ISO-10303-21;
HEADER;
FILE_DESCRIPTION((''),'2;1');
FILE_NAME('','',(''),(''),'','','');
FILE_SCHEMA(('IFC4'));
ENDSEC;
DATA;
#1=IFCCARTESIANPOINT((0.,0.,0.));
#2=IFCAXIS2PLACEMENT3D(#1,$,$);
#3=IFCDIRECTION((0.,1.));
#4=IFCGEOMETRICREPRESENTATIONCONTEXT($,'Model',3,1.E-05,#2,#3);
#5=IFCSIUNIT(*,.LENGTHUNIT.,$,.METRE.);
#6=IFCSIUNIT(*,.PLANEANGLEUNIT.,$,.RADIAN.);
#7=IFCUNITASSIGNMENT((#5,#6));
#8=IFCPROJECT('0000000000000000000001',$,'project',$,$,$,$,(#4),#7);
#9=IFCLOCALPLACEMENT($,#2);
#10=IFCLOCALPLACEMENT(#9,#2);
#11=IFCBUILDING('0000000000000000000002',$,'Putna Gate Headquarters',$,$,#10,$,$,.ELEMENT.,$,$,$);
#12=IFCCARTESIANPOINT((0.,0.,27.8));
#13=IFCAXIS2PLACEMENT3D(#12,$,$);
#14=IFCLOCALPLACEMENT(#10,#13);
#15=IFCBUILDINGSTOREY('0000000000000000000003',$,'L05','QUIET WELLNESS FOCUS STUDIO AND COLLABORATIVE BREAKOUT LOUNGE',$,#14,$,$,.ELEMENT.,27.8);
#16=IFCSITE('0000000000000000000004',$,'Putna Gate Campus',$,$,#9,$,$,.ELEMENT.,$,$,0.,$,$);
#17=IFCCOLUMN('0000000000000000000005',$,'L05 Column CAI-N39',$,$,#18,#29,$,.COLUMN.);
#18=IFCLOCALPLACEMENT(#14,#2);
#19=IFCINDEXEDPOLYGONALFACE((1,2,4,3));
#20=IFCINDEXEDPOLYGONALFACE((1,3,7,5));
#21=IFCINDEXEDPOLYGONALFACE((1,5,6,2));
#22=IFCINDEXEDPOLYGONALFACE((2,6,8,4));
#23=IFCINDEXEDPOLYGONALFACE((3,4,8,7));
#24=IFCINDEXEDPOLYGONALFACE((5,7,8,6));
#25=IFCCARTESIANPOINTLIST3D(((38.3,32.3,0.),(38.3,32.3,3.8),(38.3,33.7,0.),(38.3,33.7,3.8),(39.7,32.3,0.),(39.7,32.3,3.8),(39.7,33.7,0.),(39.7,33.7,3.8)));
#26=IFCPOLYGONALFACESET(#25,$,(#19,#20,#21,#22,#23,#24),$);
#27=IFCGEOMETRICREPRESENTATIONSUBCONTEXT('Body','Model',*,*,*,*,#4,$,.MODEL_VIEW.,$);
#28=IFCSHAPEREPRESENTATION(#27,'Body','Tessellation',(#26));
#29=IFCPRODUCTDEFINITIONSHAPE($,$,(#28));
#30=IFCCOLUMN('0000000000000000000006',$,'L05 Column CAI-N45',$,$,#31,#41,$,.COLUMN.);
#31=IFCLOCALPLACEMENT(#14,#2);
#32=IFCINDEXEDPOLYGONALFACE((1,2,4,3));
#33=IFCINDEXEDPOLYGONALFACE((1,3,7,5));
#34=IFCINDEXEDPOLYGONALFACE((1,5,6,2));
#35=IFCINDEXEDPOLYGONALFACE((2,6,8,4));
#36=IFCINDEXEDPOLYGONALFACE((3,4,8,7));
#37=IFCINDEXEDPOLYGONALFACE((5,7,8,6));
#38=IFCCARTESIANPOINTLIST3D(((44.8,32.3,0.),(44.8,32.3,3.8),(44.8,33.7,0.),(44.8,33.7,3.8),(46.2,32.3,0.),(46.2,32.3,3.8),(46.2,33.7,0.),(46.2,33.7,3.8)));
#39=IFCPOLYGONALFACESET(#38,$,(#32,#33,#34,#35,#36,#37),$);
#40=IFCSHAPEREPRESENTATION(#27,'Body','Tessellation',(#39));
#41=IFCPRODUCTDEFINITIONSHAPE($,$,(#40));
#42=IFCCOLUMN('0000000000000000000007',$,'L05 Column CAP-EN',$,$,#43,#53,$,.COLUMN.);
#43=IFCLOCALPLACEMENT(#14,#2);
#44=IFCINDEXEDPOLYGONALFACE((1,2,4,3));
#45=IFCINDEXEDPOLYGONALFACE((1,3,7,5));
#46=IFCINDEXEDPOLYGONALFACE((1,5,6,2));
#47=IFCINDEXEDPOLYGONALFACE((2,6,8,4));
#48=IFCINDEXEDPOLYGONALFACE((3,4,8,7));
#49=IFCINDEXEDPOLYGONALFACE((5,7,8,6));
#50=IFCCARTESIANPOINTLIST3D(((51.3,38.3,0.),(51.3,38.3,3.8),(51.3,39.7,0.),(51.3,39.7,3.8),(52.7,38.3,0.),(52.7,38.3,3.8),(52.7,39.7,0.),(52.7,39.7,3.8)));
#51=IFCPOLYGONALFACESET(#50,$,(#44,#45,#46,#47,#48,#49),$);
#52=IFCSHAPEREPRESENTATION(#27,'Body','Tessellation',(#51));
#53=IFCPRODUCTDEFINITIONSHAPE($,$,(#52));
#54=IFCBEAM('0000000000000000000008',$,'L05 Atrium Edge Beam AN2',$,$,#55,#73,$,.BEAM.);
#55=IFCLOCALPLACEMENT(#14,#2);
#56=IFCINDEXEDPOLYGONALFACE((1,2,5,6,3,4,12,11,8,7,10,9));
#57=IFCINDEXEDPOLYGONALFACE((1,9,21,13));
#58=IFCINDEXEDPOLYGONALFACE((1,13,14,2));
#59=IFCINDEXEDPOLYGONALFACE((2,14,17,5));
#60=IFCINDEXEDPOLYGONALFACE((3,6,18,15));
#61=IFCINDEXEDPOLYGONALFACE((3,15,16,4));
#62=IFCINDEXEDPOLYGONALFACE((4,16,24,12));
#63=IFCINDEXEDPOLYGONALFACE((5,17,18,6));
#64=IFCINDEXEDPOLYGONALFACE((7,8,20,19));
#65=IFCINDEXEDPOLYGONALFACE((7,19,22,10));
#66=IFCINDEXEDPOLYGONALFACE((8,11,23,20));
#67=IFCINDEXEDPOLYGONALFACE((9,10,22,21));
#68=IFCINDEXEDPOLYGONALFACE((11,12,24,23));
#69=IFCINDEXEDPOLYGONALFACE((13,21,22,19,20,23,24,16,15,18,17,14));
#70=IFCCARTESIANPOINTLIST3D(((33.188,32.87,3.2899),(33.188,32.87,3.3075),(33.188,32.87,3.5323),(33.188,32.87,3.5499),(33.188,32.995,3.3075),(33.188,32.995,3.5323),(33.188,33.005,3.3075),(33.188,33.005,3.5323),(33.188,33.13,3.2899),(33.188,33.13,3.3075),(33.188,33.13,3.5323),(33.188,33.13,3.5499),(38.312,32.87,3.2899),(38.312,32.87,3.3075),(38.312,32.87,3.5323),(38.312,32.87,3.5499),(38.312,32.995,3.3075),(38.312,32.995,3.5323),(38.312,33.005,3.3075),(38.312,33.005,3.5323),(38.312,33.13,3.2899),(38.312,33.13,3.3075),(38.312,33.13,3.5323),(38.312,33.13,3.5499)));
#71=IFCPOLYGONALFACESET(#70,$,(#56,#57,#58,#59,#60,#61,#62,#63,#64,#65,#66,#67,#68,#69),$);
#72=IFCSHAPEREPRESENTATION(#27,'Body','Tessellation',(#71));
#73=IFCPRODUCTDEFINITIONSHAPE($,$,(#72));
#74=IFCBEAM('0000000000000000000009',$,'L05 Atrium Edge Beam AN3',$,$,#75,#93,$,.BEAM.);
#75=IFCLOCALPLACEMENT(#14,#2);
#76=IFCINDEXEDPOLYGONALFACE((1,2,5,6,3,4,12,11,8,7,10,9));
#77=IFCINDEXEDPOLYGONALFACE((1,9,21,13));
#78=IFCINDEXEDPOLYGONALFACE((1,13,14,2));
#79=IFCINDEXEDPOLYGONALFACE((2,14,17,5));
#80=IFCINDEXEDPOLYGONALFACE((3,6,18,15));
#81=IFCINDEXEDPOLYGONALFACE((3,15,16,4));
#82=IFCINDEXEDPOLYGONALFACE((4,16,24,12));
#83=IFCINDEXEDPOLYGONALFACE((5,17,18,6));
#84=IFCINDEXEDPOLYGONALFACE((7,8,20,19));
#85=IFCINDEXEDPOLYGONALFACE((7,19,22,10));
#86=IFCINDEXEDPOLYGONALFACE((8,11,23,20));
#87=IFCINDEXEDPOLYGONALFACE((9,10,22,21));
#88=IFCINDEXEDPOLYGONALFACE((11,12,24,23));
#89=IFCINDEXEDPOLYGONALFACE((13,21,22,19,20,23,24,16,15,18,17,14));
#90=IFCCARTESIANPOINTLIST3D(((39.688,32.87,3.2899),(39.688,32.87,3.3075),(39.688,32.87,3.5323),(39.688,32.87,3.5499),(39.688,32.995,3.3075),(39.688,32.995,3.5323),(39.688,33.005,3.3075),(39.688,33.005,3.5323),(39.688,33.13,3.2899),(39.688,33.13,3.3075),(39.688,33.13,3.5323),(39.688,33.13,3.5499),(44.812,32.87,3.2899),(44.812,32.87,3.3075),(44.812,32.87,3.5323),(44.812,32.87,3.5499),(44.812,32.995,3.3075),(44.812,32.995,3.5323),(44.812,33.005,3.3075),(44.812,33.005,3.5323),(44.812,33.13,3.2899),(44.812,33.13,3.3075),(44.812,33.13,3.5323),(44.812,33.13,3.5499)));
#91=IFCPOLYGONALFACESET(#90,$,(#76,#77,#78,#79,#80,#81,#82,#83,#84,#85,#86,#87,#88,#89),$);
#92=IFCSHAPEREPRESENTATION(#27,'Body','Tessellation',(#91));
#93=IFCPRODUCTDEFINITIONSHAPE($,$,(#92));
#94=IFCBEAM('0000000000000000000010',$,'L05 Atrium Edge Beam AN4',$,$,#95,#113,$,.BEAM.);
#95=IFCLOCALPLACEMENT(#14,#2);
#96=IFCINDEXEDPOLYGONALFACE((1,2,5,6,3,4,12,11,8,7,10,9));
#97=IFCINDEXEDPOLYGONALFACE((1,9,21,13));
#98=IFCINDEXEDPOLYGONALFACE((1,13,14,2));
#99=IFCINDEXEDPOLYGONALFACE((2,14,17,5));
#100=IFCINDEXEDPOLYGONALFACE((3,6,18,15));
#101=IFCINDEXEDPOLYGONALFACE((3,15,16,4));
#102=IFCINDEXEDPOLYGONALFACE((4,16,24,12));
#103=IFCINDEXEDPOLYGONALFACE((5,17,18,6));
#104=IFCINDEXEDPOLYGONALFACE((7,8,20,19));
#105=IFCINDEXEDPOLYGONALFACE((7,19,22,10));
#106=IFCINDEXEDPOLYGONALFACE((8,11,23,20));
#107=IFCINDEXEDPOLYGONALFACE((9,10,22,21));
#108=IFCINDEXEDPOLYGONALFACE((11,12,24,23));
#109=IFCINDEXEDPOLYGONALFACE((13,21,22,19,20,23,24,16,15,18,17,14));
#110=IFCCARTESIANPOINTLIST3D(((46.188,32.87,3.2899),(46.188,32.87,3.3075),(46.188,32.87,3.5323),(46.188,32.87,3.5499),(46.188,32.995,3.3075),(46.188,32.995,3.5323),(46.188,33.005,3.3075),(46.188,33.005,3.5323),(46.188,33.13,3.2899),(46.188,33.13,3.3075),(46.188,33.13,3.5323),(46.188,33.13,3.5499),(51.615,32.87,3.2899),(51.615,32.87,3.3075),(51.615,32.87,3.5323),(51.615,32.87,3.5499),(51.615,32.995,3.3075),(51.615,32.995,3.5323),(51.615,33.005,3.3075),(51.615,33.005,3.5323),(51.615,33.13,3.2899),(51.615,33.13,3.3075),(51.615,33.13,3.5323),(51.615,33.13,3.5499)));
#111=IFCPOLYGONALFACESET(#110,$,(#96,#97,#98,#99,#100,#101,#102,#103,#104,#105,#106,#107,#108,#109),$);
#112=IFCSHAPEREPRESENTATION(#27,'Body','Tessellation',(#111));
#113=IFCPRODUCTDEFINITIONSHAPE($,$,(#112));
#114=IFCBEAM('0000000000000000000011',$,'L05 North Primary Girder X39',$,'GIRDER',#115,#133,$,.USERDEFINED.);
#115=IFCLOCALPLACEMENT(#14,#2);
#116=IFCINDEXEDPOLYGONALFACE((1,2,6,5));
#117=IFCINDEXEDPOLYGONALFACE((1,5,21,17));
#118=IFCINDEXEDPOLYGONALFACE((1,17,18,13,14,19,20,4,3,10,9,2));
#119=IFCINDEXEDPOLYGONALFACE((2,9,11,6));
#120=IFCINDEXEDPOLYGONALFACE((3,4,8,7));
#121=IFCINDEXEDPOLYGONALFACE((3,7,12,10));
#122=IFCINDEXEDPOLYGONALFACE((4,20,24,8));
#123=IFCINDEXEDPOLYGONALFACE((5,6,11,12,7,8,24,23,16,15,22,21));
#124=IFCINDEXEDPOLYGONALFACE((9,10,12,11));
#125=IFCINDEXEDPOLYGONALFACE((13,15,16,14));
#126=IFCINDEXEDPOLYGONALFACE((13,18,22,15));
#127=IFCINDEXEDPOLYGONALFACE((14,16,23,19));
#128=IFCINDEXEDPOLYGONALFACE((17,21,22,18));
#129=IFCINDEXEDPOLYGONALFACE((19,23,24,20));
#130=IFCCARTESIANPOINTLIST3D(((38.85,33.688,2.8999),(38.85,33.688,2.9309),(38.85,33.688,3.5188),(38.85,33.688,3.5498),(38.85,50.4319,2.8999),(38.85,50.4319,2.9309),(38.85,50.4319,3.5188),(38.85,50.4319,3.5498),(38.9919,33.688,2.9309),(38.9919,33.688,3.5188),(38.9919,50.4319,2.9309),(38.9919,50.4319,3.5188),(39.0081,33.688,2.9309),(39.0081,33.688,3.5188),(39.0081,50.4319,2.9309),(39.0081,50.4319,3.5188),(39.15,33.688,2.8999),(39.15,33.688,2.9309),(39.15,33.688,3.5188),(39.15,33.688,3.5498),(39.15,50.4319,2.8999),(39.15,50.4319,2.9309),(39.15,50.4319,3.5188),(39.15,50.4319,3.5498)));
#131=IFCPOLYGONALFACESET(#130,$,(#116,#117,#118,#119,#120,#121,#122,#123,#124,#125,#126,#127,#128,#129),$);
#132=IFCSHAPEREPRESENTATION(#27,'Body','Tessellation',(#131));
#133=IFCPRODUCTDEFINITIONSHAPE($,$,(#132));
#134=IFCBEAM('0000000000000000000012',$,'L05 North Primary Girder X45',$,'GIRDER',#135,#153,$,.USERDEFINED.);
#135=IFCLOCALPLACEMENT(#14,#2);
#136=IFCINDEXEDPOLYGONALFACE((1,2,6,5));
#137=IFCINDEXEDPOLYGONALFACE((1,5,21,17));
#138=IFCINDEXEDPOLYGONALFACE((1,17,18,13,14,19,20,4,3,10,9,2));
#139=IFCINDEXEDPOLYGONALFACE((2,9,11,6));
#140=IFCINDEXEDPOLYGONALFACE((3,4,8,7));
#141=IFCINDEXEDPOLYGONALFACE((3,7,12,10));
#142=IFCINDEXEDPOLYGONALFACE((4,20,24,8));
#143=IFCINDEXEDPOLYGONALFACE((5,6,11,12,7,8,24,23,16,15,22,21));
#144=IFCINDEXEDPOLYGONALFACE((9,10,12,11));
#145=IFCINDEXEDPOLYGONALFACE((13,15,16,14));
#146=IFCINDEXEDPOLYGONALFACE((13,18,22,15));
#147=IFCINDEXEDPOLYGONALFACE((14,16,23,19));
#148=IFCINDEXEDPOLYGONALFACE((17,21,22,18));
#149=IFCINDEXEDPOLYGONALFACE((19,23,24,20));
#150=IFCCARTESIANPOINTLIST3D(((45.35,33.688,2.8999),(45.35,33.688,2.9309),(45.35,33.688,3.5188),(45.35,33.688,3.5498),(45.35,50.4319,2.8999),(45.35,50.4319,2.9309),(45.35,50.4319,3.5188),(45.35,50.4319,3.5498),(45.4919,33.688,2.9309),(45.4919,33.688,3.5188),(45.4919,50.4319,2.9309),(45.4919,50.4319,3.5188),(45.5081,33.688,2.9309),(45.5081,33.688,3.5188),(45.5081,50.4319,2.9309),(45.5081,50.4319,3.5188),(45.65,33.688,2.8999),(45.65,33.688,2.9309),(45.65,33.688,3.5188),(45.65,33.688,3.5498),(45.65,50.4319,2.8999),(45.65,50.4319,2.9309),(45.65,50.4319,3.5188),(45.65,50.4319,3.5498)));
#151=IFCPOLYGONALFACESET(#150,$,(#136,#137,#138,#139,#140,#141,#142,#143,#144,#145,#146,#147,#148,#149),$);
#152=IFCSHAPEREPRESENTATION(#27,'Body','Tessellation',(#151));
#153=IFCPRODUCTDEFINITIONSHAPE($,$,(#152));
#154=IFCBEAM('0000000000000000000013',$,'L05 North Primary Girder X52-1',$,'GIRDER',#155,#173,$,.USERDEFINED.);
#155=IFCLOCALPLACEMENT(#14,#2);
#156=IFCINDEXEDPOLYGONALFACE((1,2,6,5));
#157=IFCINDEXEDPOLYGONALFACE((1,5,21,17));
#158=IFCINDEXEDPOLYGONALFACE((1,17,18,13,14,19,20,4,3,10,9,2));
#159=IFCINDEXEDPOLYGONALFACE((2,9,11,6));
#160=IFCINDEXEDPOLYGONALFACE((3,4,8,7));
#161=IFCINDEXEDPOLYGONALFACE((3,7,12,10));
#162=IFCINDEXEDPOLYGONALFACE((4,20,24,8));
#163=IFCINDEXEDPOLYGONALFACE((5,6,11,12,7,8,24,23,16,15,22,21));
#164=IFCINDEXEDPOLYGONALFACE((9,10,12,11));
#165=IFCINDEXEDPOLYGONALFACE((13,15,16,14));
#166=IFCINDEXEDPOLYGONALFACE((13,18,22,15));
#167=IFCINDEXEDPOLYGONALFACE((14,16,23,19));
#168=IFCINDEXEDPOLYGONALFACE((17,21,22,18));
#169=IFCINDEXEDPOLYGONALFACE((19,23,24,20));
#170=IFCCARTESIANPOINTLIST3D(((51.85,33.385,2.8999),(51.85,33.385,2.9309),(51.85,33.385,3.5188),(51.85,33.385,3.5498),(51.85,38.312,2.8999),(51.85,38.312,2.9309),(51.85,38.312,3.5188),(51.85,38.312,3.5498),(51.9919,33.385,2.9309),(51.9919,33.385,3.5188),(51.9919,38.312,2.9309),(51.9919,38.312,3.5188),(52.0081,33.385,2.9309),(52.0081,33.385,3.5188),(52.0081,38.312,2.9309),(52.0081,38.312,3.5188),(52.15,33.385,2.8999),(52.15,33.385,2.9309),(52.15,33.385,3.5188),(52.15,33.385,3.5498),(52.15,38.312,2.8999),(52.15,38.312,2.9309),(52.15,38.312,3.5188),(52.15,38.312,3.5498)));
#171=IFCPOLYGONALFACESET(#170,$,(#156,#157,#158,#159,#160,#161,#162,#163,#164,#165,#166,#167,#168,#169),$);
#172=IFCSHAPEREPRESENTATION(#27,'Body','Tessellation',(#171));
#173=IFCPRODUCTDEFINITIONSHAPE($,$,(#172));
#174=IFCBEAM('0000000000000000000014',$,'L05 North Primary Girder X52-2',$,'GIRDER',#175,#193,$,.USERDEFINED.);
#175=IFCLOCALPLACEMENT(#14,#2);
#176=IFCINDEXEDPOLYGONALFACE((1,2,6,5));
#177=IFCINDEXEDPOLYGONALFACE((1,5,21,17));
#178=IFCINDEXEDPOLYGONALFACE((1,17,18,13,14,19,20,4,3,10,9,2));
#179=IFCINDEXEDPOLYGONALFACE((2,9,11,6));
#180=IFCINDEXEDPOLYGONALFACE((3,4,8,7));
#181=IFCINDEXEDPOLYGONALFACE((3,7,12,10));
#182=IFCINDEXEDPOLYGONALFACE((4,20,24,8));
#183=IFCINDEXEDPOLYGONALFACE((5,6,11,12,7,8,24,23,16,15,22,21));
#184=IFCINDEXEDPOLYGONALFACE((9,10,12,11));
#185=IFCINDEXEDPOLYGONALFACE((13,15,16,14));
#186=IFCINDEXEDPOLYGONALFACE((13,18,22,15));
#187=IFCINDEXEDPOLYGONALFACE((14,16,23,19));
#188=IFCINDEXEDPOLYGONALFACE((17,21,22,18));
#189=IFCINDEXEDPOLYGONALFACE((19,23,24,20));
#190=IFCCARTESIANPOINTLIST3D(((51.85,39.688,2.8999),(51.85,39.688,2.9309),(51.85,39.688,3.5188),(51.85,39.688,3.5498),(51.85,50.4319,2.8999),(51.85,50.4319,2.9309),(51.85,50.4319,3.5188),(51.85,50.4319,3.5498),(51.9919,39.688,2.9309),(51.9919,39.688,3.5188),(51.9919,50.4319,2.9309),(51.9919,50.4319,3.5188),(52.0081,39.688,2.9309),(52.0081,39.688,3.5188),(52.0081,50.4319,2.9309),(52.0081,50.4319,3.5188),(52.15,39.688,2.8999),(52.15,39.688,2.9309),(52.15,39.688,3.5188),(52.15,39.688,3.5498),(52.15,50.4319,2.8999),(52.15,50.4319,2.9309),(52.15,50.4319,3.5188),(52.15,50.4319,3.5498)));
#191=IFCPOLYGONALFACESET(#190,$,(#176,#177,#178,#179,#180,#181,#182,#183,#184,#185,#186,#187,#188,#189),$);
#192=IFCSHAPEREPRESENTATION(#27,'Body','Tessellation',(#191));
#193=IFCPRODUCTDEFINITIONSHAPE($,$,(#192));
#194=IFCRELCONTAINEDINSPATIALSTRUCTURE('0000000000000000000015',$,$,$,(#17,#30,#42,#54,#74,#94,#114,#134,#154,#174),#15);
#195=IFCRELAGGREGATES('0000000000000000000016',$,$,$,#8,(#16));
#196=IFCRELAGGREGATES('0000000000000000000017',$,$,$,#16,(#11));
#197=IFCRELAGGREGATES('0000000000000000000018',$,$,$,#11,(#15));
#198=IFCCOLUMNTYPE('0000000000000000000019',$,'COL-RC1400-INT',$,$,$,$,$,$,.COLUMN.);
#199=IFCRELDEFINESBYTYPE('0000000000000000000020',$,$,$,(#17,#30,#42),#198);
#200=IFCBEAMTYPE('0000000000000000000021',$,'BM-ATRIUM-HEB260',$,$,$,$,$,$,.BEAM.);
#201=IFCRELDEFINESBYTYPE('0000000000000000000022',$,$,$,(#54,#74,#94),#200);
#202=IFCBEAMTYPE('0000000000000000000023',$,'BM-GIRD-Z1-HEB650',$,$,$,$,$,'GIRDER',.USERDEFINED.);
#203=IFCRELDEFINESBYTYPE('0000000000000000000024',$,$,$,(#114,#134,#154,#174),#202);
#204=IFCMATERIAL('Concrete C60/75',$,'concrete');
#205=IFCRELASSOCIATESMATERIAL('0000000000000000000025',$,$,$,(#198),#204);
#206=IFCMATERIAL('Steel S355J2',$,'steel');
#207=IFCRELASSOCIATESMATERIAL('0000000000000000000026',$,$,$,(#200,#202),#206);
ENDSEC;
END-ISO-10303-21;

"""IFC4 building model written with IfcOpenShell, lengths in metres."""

from ifc_helpers import new_model, si_unit, direction, frame, origin, origin_2d, place, context, subcontext, project, spatial, rectangle, i_section, extrude, material, material_profile, profile_set, type_object, element, save


model = new_model("IFC4")

# Units and contexts
model_context = context("Model", 3, precision=1e-05, world=origin(), true_north=direction((0.0, 1.0)))
body_context = subcontext(model_context, "Body", "Model", "MODEL_VIEW")
ifc_project = project(units=[si_unit("LENGTHUNIT", "METRE"), si_unit("PLANEANGLEUNIT", "RADIAN")], contexts=[model_context])

# Site, building, storey
site_placement = place(None, origin())
site = spatial("IfcSite", under=ifc_project, at=site_placement, Name="Putna Gate Campus", CompositionType="ELEMENT", RefElevation=0.0)
building_placement = place(site_placement, origin())
building = spatial("IfcBuilding", under=site, at=building_placement, Name="Putna Gate Headquarters", CompositionType="ELEMENT")
storey_placement = place(building_placement, frame((0.0, 0.0, 27.8)))
storey = spatial("IfcBuildingStorey", under=building, at=storey_placement, Name="L05", Description="QUIET WELLNESS FOCUS STUDIO AND COLLABORATIVE BREAKOUT LOUNGE", CompositionType="ELEMENT", Elevation=27.8)

# Columns
ifc_material_1 = material(Name="Concrete C60/75", Category="concrete")
ifc_material_profile_1 = material_profile(ifc_material_1, rectangle(XDim=1.3999, YDim=1.3999, at=origin_2d()), Name="Concrete C60/75")
ifc_profile_set_1 = profile_set([ifc_material_profile_1], Name="Concrete C60/75")
column_type = type_object("IfcColumnType", Name="COL-RC1400-INT", PredefinedType="COLUMN", material=ifc_profile_set_1)
for number, where, z_axis, x_axis, name in (
    (1, (39.0, 33.0, 0.0), (0.0, 0.0, 1.0), (1.0, 0.0, 0.0), "L05 Column CAI-N39"),
    (2, (45.5, 33.0, 0.0), (0.0, 0.0, 1.0), (1.0, 0.0, 0.0), "L05 Column CAI-N45"),
    (3, (52.0, 39.0, 0.0), (0.0, 0.0, 1.0), (1.0, 0.0, 0.0), "L05 Column CAP-EN"),
):
    element("IfcColumn", number, at=place(storey_placement, frame(where, z_axis=z_axis, x_axis=x_axis)), inside=storey, type_object=column_type, Name=name, PredefinedType="COLUMN", context=body_context, shape_type="SweptSolid", body=[
        extrude(rectangle(XDim=1.3999, YDim=1.3999, at=origin_2d()), origin(), (0.0, 0.0, 1.0), 3.8),
    ])

# Beams
ifc_material_2 = material(Name="Steel S355J2", Category="steel")
ifc_material_profile_2 = material_profile(ifc_material_2, i_section(OverallWidth=0.26, OverallDepth=0.26, WebThickness=0.01, FlangeThickness=0.0176, at=origin_2d()), Name="Steel S355J2")
ifc_profile_set_2 = profile_set([ifc_material_profile_2], Name="Steel S355J2")
beam_type_1 = type_object("IfcBeamType", Name="BM-ATRIUM-HEB260", PredefinedType="BEAM", material=ifc_profile_set_2)
for number, where, z_axis, x_axis, name in (
    (4, (33.188, 33.0, 3.4199), (1.0, 0.0, 0.0), (0.0, 1.0, 0.0), "L05 Atrium Edge Beam AN2"),
    (5, (39.688, 33.0, 3.4199), (1.0, 0.0, 0.0), (0.0, 1.0, 0.0), "L05 Atrium Edge Beam AN3"),
):
    element("IfcBeam", number, at=place(storey_placement, frame(where, z_axis=z_axis, x_axis=x_axis)), inside=storey, type_object=beam_type_1, Name=name, PredefinedType="BEAM", context=body_context, shape_type="SweptSolid", body=[
        extrude(i_section(OverallWidth=0.26, OverallDepth=0.26, WebThickness=0.01, FlangeThickness=0.0176, at=origin_2d()), origin(), (0.0, 0.0, 1.0), 5.124),
    ])
beam_1_placement = place(storey_placement, frame((46.188, 33.0, 3.4199), z_axis=(1.0, 0.0, 0.0), x_axis=(0.0, 1.0, 0.0)))
element("IfcBeam", 6, at=beam_1_placement, inside=storey, type_object=beam_type_1, Name="L05 Atrium Edge Beam AN4", PredefinedType="BEAM", context=body_context, shape_type="SweptSolid", body=[
    extrude(i_section(OverallWidth=0.26, OverallDepth=0.26, WebThickness=0.01, FlangeThickness=0.0176, at=origin_2d()), origin(), (0.0, 0.0, 1.0), 5.427),
])
ifc_material_profile_3 = material_profile(ifc_material_2, i_section(OverallWidth=0.3, OverallDepth=0.6499, WebThickness=0.0161, FlangeThickness=0.031, at=origin_2d()), Name="Steel S355J2")
ifc_profile_set_3 = profile_set([ifc_material_profile_3], Name="Steel S355J2")
beam_type_2 = type_object("IfcBeamType", Name="BM-GIRD-Z1-HEB650", ElementType="GIRDER", PredefinedType="USERDEFINED", material=ifc_profile_set_3)
for number, where, z_axis, x_axis, name in (
    (7, (39.0, 33.688, 3.2249), (0.0, 1.0, 0.0), (-1.0, 0.0, 0.0), "L05 North Primary Girder X39"),
    (8, (45.5, 33.688, 3.2249), (0.0, 1.0, 0.0), (-1.0, 0.0, 0.0), "L05 North Primary Girder X45"),
):
    element("IfcBeam", number, at=place(storey_placement, frame(where, z_axis=z_axis, x_axis=x_axis)), inside=storey, type_object=beam_type_2, Name=name, ObjectType="GIRDER", PredefinedType="USERDEFINED", context=body_context, shape_type="SweptSolid", body=[
        extrude(i_section(OverallWidth=0.3, OverallDepth=0.6499, WebThickness=0.0161, FlangeThickness=0.031, at=origin_2d()), origin(), (0.0, 0.0, 1.0), 16.7439),
    ])
beam_2_placement = place(storey_placement, frame((52.0, 33.385, 3.2249), z_axis=(0.0, 1.0, 0.0), x_axis=(-1.0, 0.0, 0.0)))
element("IfcBeam", 9, at=beam_2_placement, inside=storey, type_object=beam_type_2, Name="L05 North Primary Girder X52-1", ObjectType="GIRDER", PredefinedType="USERDEFINED", context=body_context, shape_type="SweptSolid", body=[
    extrude(i_section(OverallWidth=0.3, OverallDepth=0.6499, WebThickness=0.0161, FlangeThickness=0.031, at=origin_2d()), origin(), (0.0, 0.0, 1.0), 4.927),
])
beam_3_placement = place(storey_placement, frame((52.0, 39.688, 3.2249), z_axis=(0.0, 1.0, 0.0), x_axis=(-1.0, 0.0, 0.0)))
element("IfcBeam", 10, at=beam_3_placement, inside=storey, type_object=beam_type_2, Name="L05 North Primary Girder X52-2", ObjectType="GIRDER", PredefinedType="USERDEFINED", context=body_context, shape_type="SweptSolid", body=[
    extrude(i_section(OverallWidth=0.3, OverallDepth=0.6499, WebThickness=0.0161, FlangeThickness=0.031, at=origin_2d()), origin(), (0.0, 0.0, 1.0), 10.7439),
])

save(model, "model.ifc")
